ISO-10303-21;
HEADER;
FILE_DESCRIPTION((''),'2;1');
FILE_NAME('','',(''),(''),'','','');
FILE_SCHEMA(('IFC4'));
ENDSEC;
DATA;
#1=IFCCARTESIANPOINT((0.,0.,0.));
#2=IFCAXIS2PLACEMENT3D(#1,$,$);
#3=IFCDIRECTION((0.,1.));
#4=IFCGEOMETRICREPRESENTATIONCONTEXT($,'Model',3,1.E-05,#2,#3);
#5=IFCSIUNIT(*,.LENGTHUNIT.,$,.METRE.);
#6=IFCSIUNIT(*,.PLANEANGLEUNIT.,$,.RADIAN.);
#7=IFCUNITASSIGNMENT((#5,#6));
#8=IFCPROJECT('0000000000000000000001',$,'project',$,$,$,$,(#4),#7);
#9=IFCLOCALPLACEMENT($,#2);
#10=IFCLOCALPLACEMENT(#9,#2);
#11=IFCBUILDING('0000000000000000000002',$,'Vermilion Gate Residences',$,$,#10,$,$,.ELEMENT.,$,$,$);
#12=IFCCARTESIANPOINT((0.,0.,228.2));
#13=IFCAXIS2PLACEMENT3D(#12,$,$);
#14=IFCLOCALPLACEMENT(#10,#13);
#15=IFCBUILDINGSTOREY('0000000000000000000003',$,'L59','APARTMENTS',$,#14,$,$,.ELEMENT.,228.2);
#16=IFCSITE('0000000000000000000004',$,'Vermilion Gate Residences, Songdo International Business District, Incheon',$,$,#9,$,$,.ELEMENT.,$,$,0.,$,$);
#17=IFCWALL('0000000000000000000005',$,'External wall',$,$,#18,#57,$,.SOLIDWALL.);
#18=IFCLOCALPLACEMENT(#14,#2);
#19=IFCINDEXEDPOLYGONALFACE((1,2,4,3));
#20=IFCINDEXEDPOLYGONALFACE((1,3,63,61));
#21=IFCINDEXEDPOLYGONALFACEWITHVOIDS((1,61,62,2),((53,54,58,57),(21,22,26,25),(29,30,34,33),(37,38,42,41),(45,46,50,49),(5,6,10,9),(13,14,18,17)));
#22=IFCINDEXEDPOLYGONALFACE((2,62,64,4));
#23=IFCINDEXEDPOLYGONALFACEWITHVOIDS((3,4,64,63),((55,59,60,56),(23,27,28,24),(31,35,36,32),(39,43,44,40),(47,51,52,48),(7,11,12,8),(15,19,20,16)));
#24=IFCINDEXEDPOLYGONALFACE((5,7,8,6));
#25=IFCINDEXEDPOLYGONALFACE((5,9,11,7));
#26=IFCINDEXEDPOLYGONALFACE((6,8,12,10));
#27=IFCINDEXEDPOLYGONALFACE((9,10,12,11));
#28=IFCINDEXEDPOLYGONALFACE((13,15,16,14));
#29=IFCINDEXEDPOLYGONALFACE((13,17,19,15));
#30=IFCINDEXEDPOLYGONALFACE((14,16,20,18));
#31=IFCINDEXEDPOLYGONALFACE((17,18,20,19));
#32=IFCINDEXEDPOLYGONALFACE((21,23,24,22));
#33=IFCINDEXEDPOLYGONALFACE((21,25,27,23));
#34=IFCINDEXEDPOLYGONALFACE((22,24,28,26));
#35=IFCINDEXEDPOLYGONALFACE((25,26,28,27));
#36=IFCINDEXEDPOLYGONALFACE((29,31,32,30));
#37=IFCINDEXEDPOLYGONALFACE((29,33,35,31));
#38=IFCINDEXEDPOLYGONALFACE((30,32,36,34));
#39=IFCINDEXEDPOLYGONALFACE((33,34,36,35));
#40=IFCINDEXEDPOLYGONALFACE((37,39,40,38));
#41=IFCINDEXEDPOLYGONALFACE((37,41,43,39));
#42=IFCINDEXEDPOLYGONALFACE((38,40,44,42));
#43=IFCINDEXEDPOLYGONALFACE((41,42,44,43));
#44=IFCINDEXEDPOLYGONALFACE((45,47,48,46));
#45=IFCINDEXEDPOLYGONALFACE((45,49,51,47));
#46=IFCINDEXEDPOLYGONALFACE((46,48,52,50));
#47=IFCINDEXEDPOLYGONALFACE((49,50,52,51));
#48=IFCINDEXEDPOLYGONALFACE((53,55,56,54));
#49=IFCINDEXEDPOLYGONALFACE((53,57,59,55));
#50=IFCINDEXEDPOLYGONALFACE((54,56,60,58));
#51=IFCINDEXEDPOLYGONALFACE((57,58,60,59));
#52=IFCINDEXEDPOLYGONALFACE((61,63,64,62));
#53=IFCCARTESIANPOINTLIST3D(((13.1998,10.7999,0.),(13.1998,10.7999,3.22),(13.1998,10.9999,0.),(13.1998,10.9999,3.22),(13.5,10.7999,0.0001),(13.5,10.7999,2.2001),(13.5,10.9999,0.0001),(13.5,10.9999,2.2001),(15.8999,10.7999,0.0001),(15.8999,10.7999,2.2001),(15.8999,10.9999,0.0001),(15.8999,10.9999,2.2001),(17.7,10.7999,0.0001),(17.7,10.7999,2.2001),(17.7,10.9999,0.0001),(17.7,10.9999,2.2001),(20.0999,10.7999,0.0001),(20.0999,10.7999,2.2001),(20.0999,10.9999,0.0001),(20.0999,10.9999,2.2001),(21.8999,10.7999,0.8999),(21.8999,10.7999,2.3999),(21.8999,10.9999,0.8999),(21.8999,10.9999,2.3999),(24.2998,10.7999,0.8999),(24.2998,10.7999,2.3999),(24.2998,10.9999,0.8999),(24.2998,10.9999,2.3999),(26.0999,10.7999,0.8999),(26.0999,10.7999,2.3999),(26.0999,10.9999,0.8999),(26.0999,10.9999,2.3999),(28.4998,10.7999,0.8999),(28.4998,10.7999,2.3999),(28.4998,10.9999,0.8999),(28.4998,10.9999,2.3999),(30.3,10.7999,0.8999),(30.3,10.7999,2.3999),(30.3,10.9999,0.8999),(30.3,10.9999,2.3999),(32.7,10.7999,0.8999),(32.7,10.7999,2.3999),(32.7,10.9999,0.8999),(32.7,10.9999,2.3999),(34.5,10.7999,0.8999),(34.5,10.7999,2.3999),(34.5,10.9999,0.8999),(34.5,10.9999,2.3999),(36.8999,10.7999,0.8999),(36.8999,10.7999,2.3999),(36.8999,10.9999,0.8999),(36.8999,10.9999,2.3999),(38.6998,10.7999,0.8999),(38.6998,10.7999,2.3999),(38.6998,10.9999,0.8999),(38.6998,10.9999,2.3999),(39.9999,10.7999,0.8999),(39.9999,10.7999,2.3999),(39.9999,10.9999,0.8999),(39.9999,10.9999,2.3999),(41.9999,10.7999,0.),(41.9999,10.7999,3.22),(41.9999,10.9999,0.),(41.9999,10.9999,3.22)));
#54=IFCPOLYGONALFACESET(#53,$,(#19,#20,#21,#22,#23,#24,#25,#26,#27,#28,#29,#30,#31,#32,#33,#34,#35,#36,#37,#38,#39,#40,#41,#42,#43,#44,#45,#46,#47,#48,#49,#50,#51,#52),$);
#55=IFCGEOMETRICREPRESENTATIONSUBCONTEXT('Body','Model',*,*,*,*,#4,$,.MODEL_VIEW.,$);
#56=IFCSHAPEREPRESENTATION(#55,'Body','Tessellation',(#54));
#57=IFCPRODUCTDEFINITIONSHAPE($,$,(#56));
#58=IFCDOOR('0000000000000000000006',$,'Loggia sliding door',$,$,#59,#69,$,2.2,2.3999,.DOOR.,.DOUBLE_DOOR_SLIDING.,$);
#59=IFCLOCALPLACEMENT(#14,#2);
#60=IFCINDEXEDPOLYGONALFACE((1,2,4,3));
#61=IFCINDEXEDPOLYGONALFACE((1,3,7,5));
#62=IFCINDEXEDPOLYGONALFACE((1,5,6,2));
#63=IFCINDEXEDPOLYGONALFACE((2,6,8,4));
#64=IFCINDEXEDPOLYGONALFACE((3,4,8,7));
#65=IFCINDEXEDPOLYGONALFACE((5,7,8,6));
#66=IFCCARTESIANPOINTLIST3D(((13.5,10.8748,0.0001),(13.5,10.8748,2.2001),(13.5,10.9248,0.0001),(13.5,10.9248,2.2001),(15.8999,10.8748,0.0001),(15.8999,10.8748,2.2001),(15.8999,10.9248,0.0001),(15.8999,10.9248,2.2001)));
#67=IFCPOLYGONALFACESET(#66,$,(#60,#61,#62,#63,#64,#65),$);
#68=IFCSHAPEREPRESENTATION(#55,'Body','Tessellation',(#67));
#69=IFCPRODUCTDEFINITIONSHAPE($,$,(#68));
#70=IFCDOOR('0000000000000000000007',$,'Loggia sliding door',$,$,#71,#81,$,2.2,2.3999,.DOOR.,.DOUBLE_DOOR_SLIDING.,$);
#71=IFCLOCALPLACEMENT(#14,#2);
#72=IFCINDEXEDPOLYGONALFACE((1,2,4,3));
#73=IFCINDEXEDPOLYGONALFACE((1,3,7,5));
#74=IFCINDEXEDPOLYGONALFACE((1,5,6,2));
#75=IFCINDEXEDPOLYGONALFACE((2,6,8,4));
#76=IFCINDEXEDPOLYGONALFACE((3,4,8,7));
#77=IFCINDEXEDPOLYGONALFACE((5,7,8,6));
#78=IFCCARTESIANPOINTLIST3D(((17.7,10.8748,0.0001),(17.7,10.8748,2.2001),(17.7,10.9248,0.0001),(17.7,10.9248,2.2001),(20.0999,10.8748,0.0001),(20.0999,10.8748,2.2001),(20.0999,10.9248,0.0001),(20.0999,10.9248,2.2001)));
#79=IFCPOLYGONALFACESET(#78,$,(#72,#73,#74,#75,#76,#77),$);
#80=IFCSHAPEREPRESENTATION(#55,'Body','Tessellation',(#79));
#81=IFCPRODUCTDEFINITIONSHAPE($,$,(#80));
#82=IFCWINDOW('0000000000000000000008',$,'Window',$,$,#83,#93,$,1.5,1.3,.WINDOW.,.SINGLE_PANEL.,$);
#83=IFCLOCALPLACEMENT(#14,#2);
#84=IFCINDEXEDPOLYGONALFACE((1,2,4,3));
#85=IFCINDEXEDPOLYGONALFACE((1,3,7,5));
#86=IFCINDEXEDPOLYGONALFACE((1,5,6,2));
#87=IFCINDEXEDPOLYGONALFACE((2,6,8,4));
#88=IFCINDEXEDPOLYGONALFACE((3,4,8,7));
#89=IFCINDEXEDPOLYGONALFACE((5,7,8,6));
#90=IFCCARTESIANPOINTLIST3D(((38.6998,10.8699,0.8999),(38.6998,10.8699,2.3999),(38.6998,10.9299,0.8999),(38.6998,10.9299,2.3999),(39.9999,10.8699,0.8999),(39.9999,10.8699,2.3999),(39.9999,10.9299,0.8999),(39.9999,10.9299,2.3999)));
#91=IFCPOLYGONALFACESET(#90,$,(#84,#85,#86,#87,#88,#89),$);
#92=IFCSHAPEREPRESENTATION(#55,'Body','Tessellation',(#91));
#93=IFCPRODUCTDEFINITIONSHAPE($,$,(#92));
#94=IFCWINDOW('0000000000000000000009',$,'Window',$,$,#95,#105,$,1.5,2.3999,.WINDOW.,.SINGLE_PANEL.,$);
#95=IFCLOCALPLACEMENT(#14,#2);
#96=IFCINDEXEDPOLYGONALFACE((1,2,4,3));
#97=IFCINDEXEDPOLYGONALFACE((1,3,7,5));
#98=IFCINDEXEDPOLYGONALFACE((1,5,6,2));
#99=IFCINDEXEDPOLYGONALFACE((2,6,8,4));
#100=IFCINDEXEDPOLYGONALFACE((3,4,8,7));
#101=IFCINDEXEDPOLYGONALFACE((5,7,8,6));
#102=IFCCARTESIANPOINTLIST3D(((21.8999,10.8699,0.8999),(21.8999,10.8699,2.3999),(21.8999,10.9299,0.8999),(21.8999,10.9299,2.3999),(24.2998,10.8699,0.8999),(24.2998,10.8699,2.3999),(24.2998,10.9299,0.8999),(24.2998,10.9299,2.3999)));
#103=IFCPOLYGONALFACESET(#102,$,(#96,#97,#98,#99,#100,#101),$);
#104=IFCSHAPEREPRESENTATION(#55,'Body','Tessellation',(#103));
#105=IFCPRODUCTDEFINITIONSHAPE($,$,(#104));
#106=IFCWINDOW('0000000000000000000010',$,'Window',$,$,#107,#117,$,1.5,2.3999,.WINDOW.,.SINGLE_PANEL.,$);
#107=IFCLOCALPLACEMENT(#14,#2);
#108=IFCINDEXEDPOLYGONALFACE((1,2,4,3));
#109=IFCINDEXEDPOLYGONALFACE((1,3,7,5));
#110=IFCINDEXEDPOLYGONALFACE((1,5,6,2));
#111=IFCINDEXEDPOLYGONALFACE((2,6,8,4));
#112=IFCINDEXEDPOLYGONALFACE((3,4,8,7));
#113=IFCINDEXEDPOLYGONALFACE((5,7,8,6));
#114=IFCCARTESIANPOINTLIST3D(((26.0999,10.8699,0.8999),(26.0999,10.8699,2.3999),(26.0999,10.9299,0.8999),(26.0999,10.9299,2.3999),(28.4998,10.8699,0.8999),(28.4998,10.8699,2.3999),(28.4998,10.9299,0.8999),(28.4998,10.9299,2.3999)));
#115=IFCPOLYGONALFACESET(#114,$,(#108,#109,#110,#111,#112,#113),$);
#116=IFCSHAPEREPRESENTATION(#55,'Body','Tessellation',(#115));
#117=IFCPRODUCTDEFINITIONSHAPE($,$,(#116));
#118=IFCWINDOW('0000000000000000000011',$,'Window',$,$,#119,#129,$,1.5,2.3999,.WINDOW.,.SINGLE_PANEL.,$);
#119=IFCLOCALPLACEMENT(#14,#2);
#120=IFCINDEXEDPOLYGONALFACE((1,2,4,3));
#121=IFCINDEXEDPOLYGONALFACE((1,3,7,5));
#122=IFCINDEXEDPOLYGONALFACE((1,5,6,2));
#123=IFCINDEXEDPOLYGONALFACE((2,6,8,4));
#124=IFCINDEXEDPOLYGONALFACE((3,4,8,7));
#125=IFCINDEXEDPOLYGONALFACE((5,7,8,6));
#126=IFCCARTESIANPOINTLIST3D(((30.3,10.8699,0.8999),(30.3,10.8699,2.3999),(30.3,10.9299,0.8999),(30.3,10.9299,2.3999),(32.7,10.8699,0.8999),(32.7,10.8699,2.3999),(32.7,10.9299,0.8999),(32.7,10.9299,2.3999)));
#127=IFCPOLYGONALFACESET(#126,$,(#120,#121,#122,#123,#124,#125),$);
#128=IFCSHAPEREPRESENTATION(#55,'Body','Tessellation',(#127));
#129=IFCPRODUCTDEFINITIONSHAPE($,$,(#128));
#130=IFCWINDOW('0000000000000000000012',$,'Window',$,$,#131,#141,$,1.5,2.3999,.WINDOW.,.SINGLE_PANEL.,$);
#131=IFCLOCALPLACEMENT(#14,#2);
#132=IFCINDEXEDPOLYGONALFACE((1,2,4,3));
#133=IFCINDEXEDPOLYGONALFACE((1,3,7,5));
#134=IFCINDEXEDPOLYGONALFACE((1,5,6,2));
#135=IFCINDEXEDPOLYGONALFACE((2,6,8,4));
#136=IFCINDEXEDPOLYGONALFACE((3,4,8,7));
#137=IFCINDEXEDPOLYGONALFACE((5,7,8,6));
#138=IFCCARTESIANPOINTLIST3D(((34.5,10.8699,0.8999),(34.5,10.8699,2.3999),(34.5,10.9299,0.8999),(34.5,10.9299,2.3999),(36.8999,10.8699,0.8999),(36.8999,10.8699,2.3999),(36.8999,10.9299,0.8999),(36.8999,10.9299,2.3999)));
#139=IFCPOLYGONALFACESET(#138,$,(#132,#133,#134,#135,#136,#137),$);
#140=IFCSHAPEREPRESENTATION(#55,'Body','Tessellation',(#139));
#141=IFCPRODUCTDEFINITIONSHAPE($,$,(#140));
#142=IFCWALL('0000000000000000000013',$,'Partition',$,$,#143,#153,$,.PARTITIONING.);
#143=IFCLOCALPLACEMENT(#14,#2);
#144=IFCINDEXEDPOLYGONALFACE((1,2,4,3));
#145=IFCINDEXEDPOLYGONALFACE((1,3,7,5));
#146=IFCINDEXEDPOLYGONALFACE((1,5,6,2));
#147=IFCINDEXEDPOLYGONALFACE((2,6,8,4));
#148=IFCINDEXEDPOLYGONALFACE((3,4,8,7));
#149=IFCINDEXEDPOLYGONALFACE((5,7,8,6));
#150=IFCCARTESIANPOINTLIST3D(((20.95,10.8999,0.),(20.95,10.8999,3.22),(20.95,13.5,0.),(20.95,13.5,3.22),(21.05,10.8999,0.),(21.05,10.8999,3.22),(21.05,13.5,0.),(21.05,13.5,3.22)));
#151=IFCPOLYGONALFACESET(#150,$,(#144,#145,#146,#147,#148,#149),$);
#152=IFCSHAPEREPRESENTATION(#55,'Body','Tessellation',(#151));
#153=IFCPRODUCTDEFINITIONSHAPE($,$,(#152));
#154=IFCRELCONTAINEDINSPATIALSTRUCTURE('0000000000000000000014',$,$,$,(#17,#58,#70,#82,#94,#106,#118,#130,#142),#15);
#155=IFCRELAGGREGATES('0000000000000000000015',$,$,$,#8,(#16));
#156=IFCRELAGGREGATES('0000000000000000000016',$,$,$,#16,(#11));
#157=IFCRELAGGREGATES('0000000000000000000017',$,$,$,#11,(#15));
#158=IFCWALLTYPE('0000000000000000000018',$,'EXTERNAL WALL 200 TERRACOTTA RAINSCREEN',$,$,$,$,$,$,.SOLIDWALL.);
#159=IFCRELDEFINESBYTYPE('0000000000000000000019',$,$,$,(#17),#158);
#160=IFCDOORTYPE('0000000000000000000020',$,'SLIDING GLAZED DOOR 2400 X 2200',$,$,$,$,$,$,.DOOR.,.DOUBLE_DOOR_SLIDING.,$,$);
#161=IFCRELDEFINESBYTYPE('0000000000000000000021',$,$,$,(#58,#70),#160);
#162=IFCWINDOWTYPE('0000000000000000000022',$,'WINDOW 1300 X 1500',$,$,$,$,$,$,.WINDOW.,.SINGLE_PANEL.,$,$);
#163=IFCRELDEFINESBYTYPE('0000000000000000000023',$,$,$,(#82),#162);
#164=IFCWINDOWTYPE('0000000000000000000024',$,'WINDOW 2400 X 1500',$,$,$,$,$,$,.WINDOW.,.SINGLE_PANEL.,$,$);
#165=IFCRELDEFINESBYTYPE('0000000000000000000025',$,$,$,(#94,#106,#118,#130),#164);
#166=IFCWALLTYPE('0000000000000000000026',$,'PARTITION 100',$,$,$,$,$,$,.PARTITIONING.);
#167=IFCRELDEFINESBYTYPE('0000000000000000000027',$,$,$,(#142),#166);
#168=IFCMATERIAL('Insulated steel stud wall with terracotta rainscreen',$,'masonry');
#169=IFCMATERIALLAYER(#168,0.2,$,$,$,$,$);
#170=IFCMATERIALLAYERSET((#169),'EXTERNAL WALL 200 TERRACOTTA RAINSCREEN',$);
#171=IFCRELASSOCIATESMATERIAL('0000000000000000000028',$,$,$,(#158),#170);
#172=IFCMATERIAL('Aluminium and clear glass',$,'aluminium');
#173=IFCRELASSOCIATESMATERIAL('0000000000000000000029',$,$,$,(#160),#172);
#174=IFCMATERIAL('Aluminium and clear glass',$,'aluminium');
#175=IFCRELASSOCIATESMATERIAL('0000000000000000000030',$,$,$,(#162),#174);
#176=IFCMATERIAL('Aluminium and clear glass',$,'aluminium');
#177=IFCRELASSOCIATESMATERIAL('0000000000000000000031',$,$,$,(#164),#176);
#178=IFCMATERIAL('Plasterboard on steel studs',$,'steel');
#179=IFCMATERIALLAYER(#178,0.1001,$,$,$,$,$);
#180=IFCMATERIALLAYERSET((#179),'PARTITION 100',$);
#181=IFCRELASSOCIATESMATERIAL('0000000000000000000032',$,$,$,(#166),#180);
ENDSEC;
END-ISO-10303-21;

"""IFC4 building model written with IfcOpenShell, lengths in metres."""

from ifc_helpers import new_model, si_unit, direction, frame, frame_2d, origin, place, context, subcontext, project, spatial, rectangle, extrude, material, layer, layer_set, type_object, element, fill, save


model = new_model("IFC4")

# Units and contexts
model_context = context("Model", 3, precision=1e-05, world=origin(), true_north=direction((0.0, 1.0)))
body_context = subcontext(model_context, "Body", "Model", "MODEL_VIEW")
ifc_project = project(units=[si_unit("LENGTHUNIT", "METRE"), si_unit("PLANEANGLEUNIT", "RADIAN")], contexts=[model_context])

# Site, building, storey
site_placement = place(None, origin())
site = spatial("IfcSite", under=ifc_project, at=site_placement, Name="Vermilion Gate Residences, Songdo International Business District, Incheon", CompositionType="ELEMENT", RefElevation=0.0)
building_placement = place(site_placement, origin())
building = spatial("IfcBuilding", under=site, at=building_placement, Name="Vermilion Gate Residences", CompositionType="ELEMENT")
storey_placement = place(building_placement, frame((0.0, 0.0, 228.2)))
storey = spatial("IfcBuildingStorey", under=building, at=storey_placement, Name="L59", Description="APARTMENTS", CompositionType="ELEMENT", Elevation=228.2)

# Shared definitions
ifc_material_1 = material(Name="Insulated steel stud wall with terracotta rainscreen", Category="masonry")
ifc_layer_1 = layer(ifc_material_1, 0.2)
ifc_layer_set_1 = layer_set([ifc_layer_1], Name="EXTERNAL WALL 200 TERRACOTTA RAINSCREEN")
wall_type_1 = type_object("IfcWallType", Name="EXTERNAL WALL 200 TERRACOTTA RAINSCREEN", PredefinedType="SOLIDWALL", material=ifc_layer_set_1)

# Wall, openings, doors, windows
wall_1_placement = place(storey_placement, frame((13.2, 10.8999, 0.0), z_axis=(0.0, 0.0, 1.0), x_axis=(1.0, 0.0, 0.0)))
wall_1 = element("IfcWall", 1, at=wall_1_placement, inside=storey, type_object=wall_type_1, Name="External wall", PredefinedType="SOLIDWALL", context=body_context, shape_type="SweptSolid", body=[
    extrude(rectangle(XDim=28.8, YDim=0.2, at=frame_2d((14.3999, 0.0))), origin(), (0.0, 0.0, 1.0), 3.22),
])
opening_1_placement = place(wall_1_placement, frame((0.3, 0.0, 0.0)))
opening_1 = element("IfcOpeningElement", 2, at=opening_1_placement, cuts=wall_1, PredefinedType="OPENING", context=body_context, shape_type="SweptSolid", body=[
    extrude(rectangle(XDim=2.3999, YDim=2.2, at=frame_2d((1.2, 1.1001))), frame((0.0, 0.1099, 0.0), z_axis=(0.0, -1.0, 0.0), x_axis=(1.0, 0.0, 0.0)), (0.0, 0.0, 1.0), 0.22),
])
opening_2_placement = place(wall_1_placement, frame((4.5, 0.0, 0.0)))
opening_2 = element("IfcOpeningElement", 3, at=opening_2_placement, cuts=wall_1, PredefinedType="OPENING", context=body_context, shape_type="SweptSolid", body=[
    extrude(rectangle(XDim=2.3999, YDim=2.2, at=frame_2d((1.2, 1.1001))), frame((0.0, 0.1099, 0.0), z_axis=(0.0, -1.0, 0.0), x_axis=(1.0, 0.0, 0.0)), (0.0, 0.0, 1.0), 0.22),
])
opening_3_placement = place(wall_1_placement, frame((8.7, 0.0, 0.8999)))
opening_3 = element("IfcOpeningElement", 4, at=opening_3_placement, cuts=wall_1, PredefinedType="OPENING", context=body_context, shape_type="SweptSolid", body=[
    extrude(rectangle(XDim=2.3999, YDim=1.5, at=frame_2d((1.2, 0.75))), frame((0.0, 0.1099, 0.0), z_axis=(0.0, -1.0, 0.0), x_axis=(1.0, 0.0, 0.0)), (0.0, 0.0, 1.0), 0.22),
])
opening_4_placement = place(wall_1_placement, frame((12.8999, 0.0, 0.8999)))
opening_4 = element("IfcOpeningElement", 5, at=opening_4_placement, cuts=wall_1, PredefinedType="OPENING", context=body_context, shape_type="SweptSolid", body=[
    extrude(rectangle(XDim=2.3999, YDim=1.5, at=frame_2d((1.2, 0.75))), frame((0.0, 0.1099, 0.0), z_axis=(0.0, -1.0, 0.0), x_axis=(1.0, 0.0, 0.0)), (0.0, 0.0, 1.0), 0.22),
])
opening_5_placement = place(wall_1_placement, frame((17.1001, 0.0, 0.8999)))
opening_5 = element("IfcOpeningElement", 6, at=opening_5_placement, cuts=wall_1, PredefinedType="OPENING", context=body_context, shape_type="SweptSolid", body=[
    extrude(rectangle(XDim=2.3999, YDim=1.5, at=frame_2d((1.2, 0.75))), frame((0.0, 0.1099, 0.0), z_axis=(0.0, -1.0, 0.0), x_axis=(1.0, 0.0, 0.0)), (0.0, 0.0, 1.0), 0.22),
])
opening_6_placement = place(wall_1_placement, frame((21.3, 0.0, 0.8999)))
opening_6 = element("IfcOpeningElement", 7, at=opening_6_placement, cuts=wall_1, PredefinedType="OPENING", context=body_context, shape_type="SweptSolid", body=[
    extrude(rectangle(XDim=2.3999, YDim=1.5, at=frame_2d((1.2, 0.75))), frame((0.0, 0.1099, 0.0), z_axis=(0.0, -1.0, 0.0), x_axis=(1.0, 0.0, 0.0)), (0.0, 0.0, 1.0), 0.22),
])
opening_7_placement = place(wall_1_placement, frame((25.5, 0.0, 0.8999)))
opening_7 = element("IfcOpeningElement", 8, at=opening_7_placement, cuts=wall_1, PredefinedType="OPENING", context=body_context, shape_type="SweptSolid", body=[
    extrude(rectangle(XDim=1.3, YDim=1.5, at=frame_2d((0.6499, 0.75))), frame((0.0, 0.1099, 0.0), z_axis=(0.0, -1.0, 0.0), x_axis=(1.0, 0.0, 0.0)), (0.0, 0.0, 1.0), 0.22),
])
ifc_material_2 = material(Name="Aluminium and clear glass", Category="aluminium")
door_type_1 = type_object("IfcDoorType", Name="SLIDING GLAZED DOOR 2400 X 2200", OperationType="DOUBLE_DOOR_SLIDING", PredefinedType="DOOR", material=ifc_material_2)
door_1_placement = place(opening_1_placement, origin())
door_1 = element("IfcDoor", 9, at=door_1_placement, inside=storey, type_object=door_type_1, Name="Loggia sliding door", OperationType="DOUBLE_DOOR_SLIDING", OverallHeight=2.2, OverallWidth=2.3999, PredefinedType="DOOR", context=body_context, shape_type="SweptSolid", body=[
    extrude(rectangle(XDim=2.3999, YDim=2.2, at=frame_2d((1.2, 1.1001))), frame((0.0, 0.0249, 0.0), z_axis=(0.0, -1.0, 0.0), x_axis=(1.0, 0.0, 0.0)), (0.0, 0.0, 1.0), 0.05),
])
fill(opening_1, door_1)
door_2_placement = place(opening_2_placement, origin())
door_2 = element("IfcDoor", 10, at=door_2_placement, inside=storey, type_object=door_type_1, Name="Loggia sliding door", OperationType="DOUBLE_DOOR_SLIDING", OverallHeight=2.2, OverallWidth=2.3999, PredefinedType="DOOR", context=body_context, shape_type="SweptSolid", body=[
    extrude(rectangle(XDim=2.3999, YDim=2.2, at=frame_2d((1.2, 1.1001))), frame((0.0, 0.0249, 0.0), z_axis=(0.0, -1.0, 0.0), x_axis=(1.0, 0.0, 0.0)), (0.0, 0.0, 1.0), 0.05),
])
fill(opening_2, door_2)
ifc_material_3 = material(Name="Aluminium and clear glass", Category="aluminium")
window_type_1 = type_object("IfcWindowType", Name="WINDOW 1300 X 1500", PartitioningType="SINGLE_PANEL", PredefinedType="WINDOW", material=ifc_material_3)
window_1_placement = place(opening_7_placement, origin())
window_1 = element("IfcWindow", 11, at=window_1_placement, inside=storey, type_object=window_type_1, Name="Window", OverallHeight=1.5, OverallWidth=1.3, PartitioningType="SINGLE_PANEL", PredefinedType="WINDOW", context=body_context, shape_type="SweptSolid", body=[
    extrude(rectangle(XDim=1.3, YDim=1.5, at=frame_2d((0.6499, 0.75))), frame((0.0, 0.03, 0.0), z_axis=(0.0, -1.0, 0.0), x_axis=(1.0, 0.0, 0.0)), (0.0, 0.0, 1.0), 0.0601),
])
fill(opening_7, window_1)
ifc_material_4 = material(Name="Aluminium and clear glass", Category="aluminium")
window_type_2 = type_object("IfcWindowType", Name="WINDOW 2400 X 1500", PartitioningType="SINGLE_PANEL", PredefinedType="WINDOW", material=ifc_material_4)
window_2_placement = place(opening_3_placement, origin())
window_2 = element("IfcWindow", 12, at=window_2_placement, inside=storey, type_object=window_type_2, Name="Window", OverallHeight=1.5, OverallWidth=2.3999, PartitioningType="SINGLE_PANEL", PredefinedType="WINDOW", context=body_context, shape_type="SweptSolid", body=[
    extrude(rectangle(XDim=2.3999, YDim=1.5, at=frame_2d((1.2, 0.75))), frame((0.0, 0.03, 0.0), z_axis=(0.0, -1.0, 0.0), x_axis=(1.0, 0.0, 0.0)), (0.0, 0.0, 1.0), 0.0601),
])
fill(opening_3, window_2)
window_3_placement = place(opening_4_placement, origin())
window_3 = element("IfcWindow", 13, at=window_3_placement, inside=storey, type_object=window_type_2, Name="Window", OverallHeight=1.5, OverallWidth=2.3999, PartitioningType="SINGLE_PANEL", PredefinedType="WINDOW", context=body_context, shape_type="SweptSolid", body=[
    extrude(rectangle(XDim=2.3999, YDim=1.5, at=frame_2d((1.2, 0.75))), frame((0.0, 0.03, 0.0), z_axis=(0.0, -1.0, 0.0), x_axis=(1.0, 0.0, 0.0)), (0.0, 0.0, 1.0), 0.0601),
])
fill(opening_4, window_3)
window_4_placement = place(opening_5_placement, origin())
window_4 = element("IfcWindow", 14, at=window_4_placement, inside=storey, type_object=window_type_2, Name="Window", OverallHeight=1.5, OverallWidth=2.3999, PartitioningType="SINGLE_PANEL", PredefinedType="WINDOW", context=body_context, shape_type="SweptSolid", body=[
    extrude(rectangle(XDim=2.3999, YDim=1.5, at=frame_2d((1.2, 0.75))), frame((0.0, 0.03, 0.0), z_axis=(0.0, -1.0, 0.0), x_axis=(1.0, 0.0, 0.0)), (0.0, 0.0, 1.0), 0.0601),
])
fill(opening_5, window_4)
window_5_placement = place(opening_6_placement, origin())
window_5 = element("IfcWindow", 15, at=window_5_placement, inside=storey, type_object=window_type_2, Name="Window", OverallHeight=1.5, OverallWidth=2.3999, PartitioningType="SINGLE_PANEL", PredefinedType="WINDOW", context=body_context, shape_type="SweptSolid", body=[
    extrude(rectangle(XDim=2.3999, YDim=1.5, at=frame_2d((1.2, 0.75))), frame((0.0, 0.03, 0.0), z_axis=(0.0, -1.0, 0.0), x_axis=(1.0, 0.0, 0.0)), (0.0, 0.0, 1.0), 0.0601),
])
fill(opening_6, window_5)

# Wall
ifc_material_5 = material(Name="Plasterboard on steel studs", Category="steel")
ifc_layer_2 = layer(ifc_material_5, 0.1001)
ifc_layer_set_2 = layer_set([ifc_layer_2], Name="PARTITION 100")
wall_type_2 = type_object("IfcWallType", Name="PARTITION 100", PredefinedType="PARTITIONING", material=ifc_layer_set_2)
wall_2_placement = place(storey_placement, frame((21.0, 10.8999, 0.0), z_axis=(0.0, 0.0, 1.0), x_axis=(0.0, 1.0, 0.0)))
element("IfcWall", 16, at=wall_2_placement, inside=storey, type_object=wall_type_2, Name="Partition", PredefinedType="PARTITIONING", context=body_context, shape_type="SweptSolid", body=[
    extrude(rectangle(XDim=2.6001, YDim=0.1001, at=frame_2d((1.3, 0.0))), origin(), (0.0, 0.0, 1.0), 3.22),
])

save(model, "model.ifc")
